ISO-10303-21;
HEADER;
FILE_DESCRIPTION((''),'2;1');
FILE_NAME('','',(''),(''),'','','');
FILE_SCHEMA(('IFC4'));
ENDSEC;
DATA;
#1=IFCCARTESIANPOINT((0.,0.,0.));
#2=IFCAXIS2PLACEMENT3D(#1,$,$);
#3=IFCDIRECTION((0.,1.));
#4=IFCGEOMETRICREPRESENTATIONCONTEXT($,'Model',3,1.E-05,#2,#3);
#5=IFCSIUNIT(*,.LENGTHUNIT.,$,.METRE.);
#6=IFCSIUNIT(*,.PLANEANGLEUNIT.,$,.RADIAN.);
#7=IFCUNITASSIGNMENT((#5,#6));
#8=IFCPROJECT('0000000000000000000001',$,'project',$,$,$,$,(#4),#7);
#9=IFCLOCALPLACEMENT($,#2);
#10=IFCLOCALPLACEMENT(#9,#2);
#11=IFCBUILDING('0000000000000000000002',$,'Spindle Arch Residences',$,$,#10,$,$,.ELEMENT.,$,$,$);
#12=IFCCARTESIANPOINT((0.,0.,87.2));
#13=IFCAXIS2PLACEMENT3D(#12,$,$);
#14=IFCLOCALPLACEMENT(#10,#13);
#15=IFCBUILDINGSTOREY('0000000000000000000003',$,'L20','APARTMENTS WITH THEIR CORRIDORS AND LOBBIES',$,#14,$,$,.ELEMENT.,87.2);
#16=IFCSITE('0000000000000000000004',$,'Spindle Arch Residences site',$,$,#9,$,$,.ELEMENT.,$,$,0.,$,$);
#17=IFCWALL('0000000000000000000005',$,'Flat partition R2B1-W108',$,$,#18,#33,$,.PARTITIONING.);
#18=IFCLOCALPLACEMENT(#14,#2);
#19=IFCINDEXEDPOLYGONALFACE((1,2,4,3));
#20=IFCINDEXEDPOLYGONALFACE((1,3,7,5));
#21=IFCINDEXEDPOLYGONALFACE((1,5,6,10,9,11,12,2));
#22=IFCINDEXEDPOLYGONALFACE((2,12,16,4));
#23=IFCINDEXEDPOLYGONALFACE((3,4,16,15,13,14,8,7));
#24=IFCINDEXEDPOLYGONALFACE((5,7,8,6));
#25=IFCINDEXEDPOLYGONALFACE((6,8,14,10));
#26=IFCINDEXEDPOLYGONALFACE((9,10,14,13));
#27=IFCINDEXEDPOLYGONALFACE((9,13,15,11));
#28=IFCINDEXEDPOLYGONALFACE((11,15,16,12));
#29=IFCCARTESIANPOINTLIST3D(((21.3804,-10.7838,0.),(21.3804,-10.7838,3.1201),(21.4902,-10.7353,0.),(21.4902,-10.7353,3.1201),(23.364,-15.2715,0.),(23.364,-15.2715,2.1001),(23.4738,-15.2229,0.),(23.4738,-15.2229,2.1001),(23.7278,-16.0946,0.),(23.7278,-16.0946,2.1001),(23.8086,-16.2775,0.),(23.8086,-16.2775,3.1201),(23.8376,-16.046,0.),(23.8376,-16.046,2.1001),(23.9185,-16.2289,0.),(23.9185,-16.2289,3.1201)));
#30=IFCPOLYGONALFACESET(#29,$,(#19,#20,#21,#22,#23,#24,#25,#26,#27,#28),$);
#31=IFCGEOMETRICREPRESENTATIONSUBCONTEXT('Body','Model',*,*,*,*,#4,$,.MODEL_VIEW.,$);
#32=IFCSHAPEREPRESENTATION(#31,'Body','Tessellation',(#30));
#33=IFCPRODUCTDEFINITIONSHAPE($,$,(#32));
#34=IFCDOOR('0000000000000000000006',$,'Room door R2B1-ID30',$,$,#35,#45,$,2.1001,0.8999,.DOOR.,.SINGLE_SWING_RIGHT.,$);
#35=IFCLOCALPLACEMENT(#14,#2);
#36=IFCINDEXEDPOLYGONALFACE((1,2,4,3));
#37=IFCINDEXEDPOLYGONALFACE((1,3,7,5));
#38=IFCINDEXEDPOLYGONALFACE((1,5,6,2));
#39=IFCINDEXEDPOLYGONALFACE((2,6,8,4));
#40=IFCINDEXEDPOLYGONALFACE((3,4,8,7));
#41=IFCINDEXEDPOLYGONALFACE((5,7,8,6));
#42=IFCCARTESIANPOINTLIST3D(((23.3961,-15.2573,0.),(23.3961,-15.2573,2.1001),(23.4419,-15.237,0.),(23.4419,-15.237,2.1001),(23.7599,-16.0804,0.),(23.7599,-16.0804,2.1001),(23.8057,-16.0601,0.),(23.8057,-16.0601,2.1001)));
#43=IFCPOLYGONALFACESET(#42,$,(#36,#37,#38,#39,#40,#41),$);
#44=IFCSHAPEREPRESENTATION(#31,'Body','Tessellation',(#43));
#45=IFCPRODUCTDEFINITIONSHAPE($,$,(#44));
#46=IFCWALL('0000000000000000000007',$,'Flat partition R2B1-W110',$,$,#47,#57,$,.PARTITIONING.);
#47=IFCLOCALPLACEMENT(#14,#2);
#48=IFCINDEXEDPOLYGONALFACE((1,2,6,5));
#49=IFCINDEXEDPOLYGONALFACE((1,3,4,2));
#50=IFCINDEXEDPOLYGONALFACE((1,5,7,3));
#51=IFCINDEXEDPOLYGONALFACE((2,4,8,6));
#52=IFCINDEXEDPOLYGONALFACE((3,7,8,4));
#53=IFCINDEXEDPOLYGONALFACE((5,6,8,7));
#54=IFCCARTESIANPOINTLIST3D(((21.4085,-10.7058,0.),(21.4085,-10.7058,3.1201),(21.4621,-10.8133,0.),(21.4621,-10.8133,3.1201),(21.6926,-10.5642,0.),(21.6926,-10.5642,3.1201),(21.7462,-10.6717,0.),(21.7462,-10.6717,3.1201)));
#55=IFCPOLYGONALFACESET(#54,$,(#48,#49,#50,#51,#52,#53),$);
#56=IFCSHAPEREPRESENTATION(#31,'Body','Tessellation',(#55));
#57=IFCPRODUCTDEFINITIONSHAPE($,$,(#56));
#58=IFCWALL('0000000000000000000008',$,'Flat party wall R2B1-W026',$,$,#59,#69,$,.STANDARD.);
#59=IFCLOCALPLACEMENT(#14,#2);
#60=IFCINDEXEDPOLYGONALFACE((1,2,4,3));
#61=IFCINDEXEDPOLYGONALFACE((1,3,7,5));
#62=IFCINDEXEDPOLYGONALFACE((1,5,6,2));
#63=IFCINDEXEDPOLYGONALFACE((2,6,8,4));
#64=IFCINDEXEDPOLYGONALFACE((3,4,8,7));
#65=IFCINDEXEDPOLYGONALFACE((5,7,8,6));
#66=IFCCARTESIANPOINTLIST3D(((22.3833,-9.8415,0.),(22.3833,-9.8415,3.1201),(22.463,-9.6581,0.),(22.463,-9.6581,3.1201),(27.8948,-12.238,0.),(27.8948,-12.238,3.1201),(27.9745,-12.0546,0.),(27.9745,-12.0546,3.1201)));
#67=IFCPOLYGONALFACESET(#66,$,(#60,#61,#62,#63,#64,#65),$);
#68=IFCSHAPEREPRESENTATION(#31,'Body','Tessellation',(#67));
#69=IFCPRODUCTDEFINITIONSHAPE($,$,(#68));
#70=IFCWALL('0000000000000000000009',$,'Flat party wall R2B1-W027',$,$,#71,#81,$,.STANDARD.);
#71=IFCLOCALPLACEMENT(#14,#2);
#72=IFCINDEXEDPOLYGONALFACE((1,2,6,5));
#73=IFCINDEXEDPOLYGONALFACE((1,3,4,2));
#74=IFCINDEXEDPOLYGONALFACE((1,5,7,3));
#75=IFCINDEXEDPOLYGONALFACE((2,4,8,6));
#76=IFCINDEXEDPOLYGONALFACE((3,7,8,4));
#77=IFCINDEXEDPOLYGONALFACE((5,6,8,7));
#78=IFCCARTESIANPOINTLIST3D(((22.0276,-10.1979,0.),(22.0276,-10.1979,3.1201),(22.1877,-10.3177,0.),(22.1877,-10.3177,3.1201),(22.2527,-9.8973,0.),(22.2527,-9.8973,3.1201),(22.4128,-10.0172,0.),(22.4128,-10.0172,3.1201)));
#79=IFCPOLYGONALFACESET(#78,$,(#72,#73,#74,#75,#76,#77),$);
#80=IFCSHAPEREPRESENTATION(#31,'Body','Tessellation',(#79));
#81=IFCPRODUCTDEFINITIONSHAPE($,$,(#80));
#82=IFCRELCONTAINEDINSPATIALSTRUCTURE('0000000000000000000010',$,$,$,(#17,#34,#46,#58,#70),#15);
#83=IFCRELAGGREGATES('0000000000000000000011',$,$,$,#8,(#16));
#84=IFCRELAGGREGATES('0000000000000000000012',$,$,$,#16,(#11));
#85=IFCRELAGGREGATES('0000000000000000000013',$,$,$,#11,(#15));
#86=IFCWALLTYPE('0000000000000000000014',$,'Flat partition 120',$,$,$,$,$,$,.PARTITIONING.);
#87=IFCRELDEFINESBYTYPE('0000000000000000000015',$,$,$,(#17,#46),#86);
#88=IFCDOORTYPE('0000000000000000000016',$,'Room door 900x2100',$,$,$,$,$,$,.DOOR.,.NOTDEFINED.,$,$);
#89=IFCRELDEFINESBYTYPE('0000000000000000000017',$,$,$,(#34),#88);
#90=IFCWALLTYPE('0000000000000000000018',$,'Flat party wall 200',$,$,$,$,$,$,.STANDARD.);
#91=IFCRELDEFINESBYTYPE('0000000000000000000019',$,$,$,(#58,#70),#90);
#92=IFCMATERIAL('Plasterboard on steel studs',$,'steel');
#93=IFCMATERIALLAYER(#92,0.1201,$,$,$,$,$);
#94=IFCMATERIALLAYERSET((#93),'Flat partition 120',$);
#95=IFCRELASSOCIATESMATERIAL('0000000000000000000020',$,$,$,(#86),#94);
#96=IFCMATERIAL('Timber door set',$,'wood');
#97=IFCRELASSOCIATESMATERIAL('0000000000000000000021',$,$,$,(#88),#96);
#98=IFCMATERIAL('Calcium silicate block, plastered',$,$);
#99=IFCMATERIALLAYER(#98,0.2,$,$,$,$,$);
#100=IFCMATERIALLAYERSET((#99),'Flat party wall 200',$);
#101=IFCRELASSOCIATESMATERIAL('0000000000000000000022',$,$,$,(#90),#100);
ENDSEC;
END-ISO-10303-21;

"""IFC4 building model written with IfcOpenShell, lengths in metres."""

from ifc_helpers import new_model, si_unit, direction, frame, frame_2d, origin, place, context, subcontext, project, spatial, rectangle, extrude, material, layer, layer_set, type_object, element, fill, save


model = new_model("IFC4")

# Units and contexts
model_context = context("Model", 3, precision=1e-05, world=origin(), true_north=direction((0.0, 1.0)))
body_context = subcontext(model_context, "Body", "Model", "MODEL_VIEW")
ifc_project = project(units=[si_unit("LENGTHUNIT", "METRE"), si_unit("PLANEANGLEUNIT", "RADIAN")], contexts=[model_context])

# Site, building, storey
site_placement = place(None, origin())
site = spatial("IfcSite", under=ifc_project, at=site_placement, Name="Spindle Arch Residences site", CompositionType="ELEMENT", RefElevation=0.0)
building_placement = place(site_placement, origin())
building = spatial("IfcBuilding", under=site, at=building_placement, Name="Spindle Arch Residences", CompositionType="ELEMENT")
storey_placement = place(building_placement, frame((0.0, 0.0, 87.2)))
storey = spatial("IfcBuildingStorey", under=building, at=storey_placement, Name="L20", Description="APARTMENTS WITH THEIR CORRIDORS AND LOBBIES", CompositionType="ELEMENT", Elevation=87.2)

# Shared definitions
ifc_material_1 = material(Name="Plasterboard on steel studs", Category="steel")
ifc_layer_1 = layer(ifc_material_1, 0.1201)
ifc_layer_set_1 = layer_set([ifc_layer_1], Name="Flat partition 120")
wall_type_1 = type_object("IfcWallType", Name="Flat partition 120", PredefinedType="PARTITIONING", material=ifc_layer_set_1)
ifc_material_2 = material(Name="Timber door set", Category="wood")
door_type = type_object("IfcDoorType", Name="Room door 900x2100", OperationType="NOTDEFINED", PredefinedType="DOOR", material=ifc_material_2)

# Wall, opening, door
wall_1_placement = place(storey_placement, frame((23.8635, -16.2532, 0.0), z_axis=(0.0, 0.0, 1.0), x_axis=(-0.404275, 0.914638, 0.0)))
wall_1 = element("IfcWall", 1, at=wall_1_placement, inside=storey, type_object=wall_type_1, Name="Flat partition R2B1-W108", PredefinedType="PARTITIONING", context=body_context, shape_type="SweptSolid", body=[
    extrude(rectangle(XDim=6.0063, YDim=0.1201, at=frame_2d((3.0032, 0.0))), origin(), (0.0, 0.0, 1.0), 3.1201),
])
opening_1_placement = place(wall_1_placement, frame((0.2, 0.0, 0.0)))
opening_1 = element("IfcOpeningElement", 2, at=opening_1_placement, cuts=wall_1, PredefinedType="OPENING", context=body_context, shape_type="SweptSolid", body=[
    extrude(rectangle(XDim=0.8999, YDim=2.1001, at=frame_2d((0.45, 1.05))), frame((0.0, 0.0701, 0.0), z_axis=(0.0, -1.0, 0.0), x_axis=(1.0, 0.0, 0.0)), (0.0, 0.0, 1.0), 0.1401),
])
door_1_placement = place(opening_1_placement, origin())
door_1 = element("IfcDoor", 3, at=door_1_placement, inside=storey, type_object=door_type, Name="Room door R2B1-ID30", OperationType="SINGLE_SWING_RIGHT", OverallHeight=2.1001, OverallWidth=0.8999, PredefinedType="DOOR", context=body_context, shape_type="SweptSolid", body=[
    extrude(rectangle(XDim=0.8999, YDim=2.1001, at=frame_2d((0.45, 1.05))), frame((0.0, 0.0249, 0.0), z_axis=(0.0, -1.0, 0.0), x_axis=(1.0, 0.0, 0.0)), (0.0, 0.0, 1.0), 0.05),
])
fill(opening_1, door_1)

# Walls
wall_2_placement = place(storey_placement, frame((21.4353, -10.7595, 0.0), z_axis=(0.0, 0.0, 1.0), x_axis=(0.895041, 0.445983, 0.0)))
element("IfcWall", 4, at=wall_2_placement, inside=storey, type_object=wall_type_1, Name="Flat partition R2B1-W110", PredefinedType="PARTITIONING", context=body_context, shape_type="SweptSolid", body=[
    extrude(rectangle(XDim=0.3174, YDim=0.1201, at=frame_2d((0.1587, 0.0))), origin(), (0.0, 0.0, 1.0), 3.1201),
])
ifc_material_3 = material(Name="Calcium silicate block, plastered")
ifc_layer_2 = layer(ifc_material_3, 0.2)
ifc_layer_set_2 = layer_set([ifc_layer_2], Name="Flat party wall 200")
wall_type_2 = type_object("IfcWallType", Name="Flat party wall 200", PredefinedType="STANDARD", material=ifc_layer_set_2)
wall_3_placement = place(storey_placement, frame((27.9346, -12.1462, 0.0), z_axis=(0.0, 0.0, 1.0), x_axis=(-0.917058, 0.398753, 0.0)))
element("IfcWall", 5, at=wall_3_placement, inside=storey, type_object=wall_type_2, Name="Flat party wall R2B1-W026", PredefinedType="STANDARD", context=body_context, shape_type="SweptSolid", body=[
    extrude(rectangle(XDim=6.01, YDim=0.2, at=frame_2d((3.0049, 0.0))), origin(), (0.0, 0.0, 1.0), 3.1201),
])
wall_4_placement = place(storey_placement, frame((22.3328, -9.9573, 0.0), z_axis=(0.0, 0.0, 1.0), x_axis=(-0.59948, -0.80039, 0.0)))
element("IfcWall", 6, at=wall_4_placement, inside=storey, type_object=wall_type_2, Name="Flat party wall R2B1-W027", PredefinedType="STANDARD", context=body_context, shape_type="SweptSolid", body=[
    extrude(rectangle(XDim=0.3755, YDim=0.2, at=frame_2d((0.1877, 0.0))), origin(), (0.0, 0.0, 1.0), 3.1201),
])

save(model, "model.ifc")
